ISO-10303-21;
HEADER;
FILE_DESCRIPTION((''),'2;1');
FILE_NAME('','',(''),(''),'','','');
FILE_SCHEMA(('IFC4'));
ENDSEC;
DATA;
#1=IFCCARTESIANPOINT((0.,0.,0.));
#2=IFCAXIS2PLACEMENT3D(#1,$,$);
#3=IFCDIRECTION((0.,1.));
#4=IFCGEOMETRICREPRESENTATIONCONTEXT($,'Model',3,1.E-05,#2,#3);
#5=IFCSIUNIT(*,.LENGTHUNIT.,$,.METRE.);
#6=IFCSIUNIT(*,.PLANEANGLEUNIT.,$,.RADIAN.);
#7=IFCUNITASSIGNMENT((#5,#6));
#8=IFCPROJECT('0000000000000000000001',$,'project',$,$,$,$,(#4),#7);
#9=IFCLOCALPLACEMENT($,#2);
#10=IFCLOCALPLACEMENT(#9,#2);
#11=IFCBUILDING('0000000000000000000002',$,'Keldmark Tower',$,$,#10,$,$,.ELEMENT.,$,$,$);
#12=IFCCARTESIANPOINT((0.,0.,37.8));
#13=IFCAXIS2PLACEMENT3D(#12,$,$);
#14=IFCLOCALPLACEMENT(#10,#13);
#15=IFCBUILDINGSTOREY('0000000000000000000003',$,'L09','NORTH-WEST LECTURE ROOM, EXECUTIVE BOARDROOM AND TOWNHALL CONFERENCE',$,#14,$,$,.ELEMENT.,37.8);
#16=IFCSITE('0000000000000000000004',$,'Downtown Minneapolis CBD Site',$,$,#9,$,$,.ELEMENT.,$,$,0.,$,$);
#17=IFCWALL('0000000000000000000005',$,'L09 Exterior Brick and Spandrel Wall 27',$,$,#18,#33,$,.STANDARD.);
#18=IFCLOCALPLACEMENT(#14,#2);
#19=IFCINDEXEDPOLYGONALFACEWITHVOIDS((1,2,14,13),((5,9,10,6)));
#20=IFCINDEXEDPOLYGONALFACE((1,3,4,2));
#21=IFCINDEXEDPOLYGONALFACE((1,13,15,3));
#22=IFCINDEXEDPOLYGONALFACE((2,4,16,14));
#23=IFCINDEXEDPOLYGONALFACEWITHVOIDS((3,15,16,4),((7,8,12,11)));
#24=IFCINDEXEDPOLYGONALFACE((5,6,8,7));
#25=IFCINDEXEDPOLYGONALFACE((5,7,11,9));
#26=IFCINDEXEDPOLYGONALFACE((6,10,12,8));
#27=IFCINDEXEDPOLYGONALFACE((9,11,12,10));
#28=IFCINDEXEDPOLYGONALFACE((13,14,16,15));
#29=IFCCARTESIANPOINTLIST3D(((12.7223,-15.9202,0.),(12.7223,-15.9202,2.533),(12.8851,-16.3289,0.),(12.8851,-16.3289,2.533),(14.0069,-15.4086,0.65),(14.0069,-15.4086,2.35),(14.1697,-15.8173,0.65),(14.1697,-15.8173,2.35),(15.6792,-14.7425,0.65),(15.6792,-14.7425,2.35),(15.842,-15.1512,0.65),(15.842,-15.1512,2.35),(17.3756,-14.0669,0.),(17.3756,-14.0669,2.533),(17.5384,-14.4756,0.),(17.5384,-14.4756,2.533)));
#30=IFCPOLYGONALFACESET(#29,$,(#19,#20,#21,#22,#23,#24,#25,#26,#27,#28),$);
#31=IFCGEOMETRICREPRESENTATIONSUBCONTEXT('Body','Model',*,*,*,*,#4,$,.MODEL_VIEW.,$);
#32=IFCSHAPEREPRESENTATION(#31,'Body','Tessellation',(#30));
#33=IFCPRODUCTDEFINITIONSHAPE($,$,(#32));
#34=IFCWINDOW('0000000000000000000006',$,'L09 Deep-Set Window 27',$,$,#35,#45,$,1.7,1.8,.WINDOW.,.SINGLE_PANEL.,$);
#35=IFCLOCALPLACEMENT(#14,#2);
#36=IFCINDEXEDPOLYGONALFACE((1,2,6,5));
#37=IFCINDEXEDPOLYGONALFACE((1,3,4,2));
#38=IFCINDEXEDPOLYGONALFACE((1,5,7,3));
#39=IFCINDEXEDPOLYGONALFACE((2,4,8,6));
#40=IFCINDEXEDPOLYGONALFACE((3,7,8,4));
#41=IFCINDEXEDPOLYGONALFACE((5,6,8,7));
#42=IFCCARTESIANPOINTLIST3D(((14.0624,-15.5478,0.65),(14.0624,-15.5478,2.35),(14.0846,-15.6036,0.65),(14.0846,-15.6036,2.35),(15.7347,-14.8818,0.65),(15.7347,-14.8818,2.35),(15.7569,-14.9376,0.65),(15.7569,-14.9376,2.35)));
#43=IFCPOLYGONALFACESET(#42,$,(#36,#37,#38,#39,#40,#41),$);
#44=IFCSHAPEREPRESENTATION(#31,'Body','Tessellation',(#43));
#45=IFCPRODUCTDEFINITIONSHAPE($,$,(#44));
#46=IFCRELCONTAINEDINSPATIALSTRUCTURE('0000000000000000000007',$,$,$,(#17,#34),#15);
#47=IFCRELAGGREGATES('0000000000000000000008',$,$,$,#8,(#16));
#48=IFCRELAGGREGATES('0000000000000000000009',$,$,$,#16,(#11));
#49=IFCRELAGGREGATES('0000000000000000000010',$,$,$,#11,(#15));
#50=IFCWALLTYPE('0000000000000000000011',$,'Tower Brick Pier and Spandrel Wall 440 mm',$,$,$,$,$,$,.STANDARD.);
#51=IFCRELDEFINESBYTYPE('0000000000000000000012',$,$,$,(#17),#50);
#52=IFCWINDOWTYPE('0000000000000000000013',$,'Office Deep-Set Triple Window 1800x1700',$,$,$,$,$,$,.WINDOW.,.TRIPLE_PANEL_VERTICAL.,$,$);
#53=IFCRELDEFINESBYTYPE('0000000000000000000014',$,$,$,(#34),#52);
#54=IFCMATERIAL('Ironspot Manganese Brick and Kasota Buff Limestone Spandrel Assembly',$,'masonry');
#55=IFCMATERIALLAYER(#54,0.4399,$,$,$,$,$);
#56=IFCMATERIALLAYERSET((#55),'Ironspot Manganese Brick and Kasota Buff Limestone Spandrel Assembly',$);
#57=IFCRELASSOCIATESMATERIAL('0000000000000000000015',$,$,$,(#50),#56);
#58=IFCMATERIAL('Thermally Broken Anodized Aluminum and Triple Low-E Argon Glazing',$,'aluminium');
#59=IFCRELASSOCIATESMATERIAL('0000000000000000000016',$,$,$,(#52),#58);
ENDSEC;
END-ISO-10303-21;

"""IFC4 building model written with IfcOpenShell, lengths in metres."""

from ifc_helpers import new_model, si_unit, direction, frame, frame_2d, origin, place, context, subcontext, project, spatial, rectangle, extrude, material, layer, layer_set, type_object, element, fill, save


model = new_model("IFC4")

# Units and contexts
model_context = context("Model", 3, precision=1e-05, world=origin(), true_north=direction((0.0, 1.0)))
body_context = subcontext(model_context, "Body", "Model", "MODEL_VIEW")
ifc_project = project(units=[si_unit("LENGTHUNIT", "METRE"), si_unit("PLANEANGLEUNIT", "RADIAN")], contexts=[model_context])

# Site, building, storey
site_placement = place(None, origin())
site = spatial("IfcSite", under=ifc_project, at=site_placement, Name="Downtown Minneapolis CBD Site", CompositionType="ELEMENT", RefElevation=0.0)
building_placement = place(site_placement, origin())
building = spatial("IfcBuilding", under=site, at=building_placement, Name="Keldmark Tower", CompositionType="ELEMENT")
storey_placement = place(building_placement, frame((0.0, 0.0, 37.8)))
storey = spatial("IfcBuildingStorey", under=building, at=storey_placement, Name="L09", Description="NORTH-WEST LECTURE ROOM, EXECUTIVE BOARDROOM AND TOWNHALL CONFERENCE", CompositionType="ELEMENT", Elevation=37.8)

# Wall, opening, window
ifc_material_1 = material(Name="Ironspot Manganese Brick and Kasota Buff Limestone Spandrel Assembly", Category="masonry")
ifc_layer_1 = layer(ifc_material_1, 0.4399)
ifc_layer_set_1 = layer_set([ifc_layer_1], Name="Ironspot Manganese Brick and Kasota Buff Limestone Spandrel Assembly")
wall_type_1 = type_object("IfcWallType", Name="Tower Brick Pier and Spandrel Wall 440 mm", PredefinedType="STANDARD", material=ifc_layer_set_1)
wall_1_placement = place(storey_placement, frame((17.457, -14.2712, 0.0), z_axis=(0.0, 0.0, 1.0), x_axis=(-0.92903, -0.370004, 0.0)))
wall_1 = element("IfcWall", 1, at=wall_1_placement, inside=storey, type_object=wall_type_1, Name="L09 Exterior Brick and Spandrel Wall 27", PredefinedType="STANDARD", context=body_context, shape_type="SweptSolid", body=[
    extrude(rectangle(XDim=5.0088, YDim=0.4399, at=frame_2d((2.5044, 0.0))), origin(), (0.0, 0.0, 1.0), 2.533),
])
opening_1_placement = place(wall_1_placement, frame((1.8262, 0.0, 0.6499)))
opening_1 = element("IfcOpeningElement", 2, at=opening_1_placement, cuts=wall_1, PredefinedType="OPENING", context=body_context, shape_type="SweptSolid", body=[
    extrude(rectangle(XDim=1.8, YDim=1.7, at=frame_2d((0.8999, 0.8501))), frame((0.0, 0.23, 0.0), z_axis=(0.0, -1.0, 0.0), x_axis=(1.0, 0.0, 0.0)), (0.0, 0.0, 1.0), 0.46),
])
ifc_material_2 = material(Name="Thermally Broken Anodized Aluminum and Triple Low-E Argon Glazing", Category="aluminium")
window_type = type_object("IfcWindowType", Name="Office Deep-Set Triple Window 1800x1700", PartitioningType="TRIPLE_PANEL_VERTICAL", PredefinedType="WINDOW", material=ifc_material_2)
window_placement = place(opening_1_placement, origin())
window = element("IfcWindow", 3, at=window_placement, inside=storey, type_object=window_type, Name="L09 Deep-Set Window 27", OverallHeight=1.7, OverallWidth=1.8, PartitioningType="SINGLE_PANEL", PredefinedType="WINDOW", context=body_context, shape_type="SweptSolid", body=[
    extrude(rectangle(XDim=1.8, YDim=1.7, at=frame_2d((0.8999, 0.8501))), frame((0.0, -0.01, 0.0), z_axis=(0.0, -1.0, 0.0), x_axis=(1.0, 0.0, 0.0)), (0.0, 0.0, 1.0), 0.0601),
])
fill(opening_1, window)

save(model, "model.ifc")
